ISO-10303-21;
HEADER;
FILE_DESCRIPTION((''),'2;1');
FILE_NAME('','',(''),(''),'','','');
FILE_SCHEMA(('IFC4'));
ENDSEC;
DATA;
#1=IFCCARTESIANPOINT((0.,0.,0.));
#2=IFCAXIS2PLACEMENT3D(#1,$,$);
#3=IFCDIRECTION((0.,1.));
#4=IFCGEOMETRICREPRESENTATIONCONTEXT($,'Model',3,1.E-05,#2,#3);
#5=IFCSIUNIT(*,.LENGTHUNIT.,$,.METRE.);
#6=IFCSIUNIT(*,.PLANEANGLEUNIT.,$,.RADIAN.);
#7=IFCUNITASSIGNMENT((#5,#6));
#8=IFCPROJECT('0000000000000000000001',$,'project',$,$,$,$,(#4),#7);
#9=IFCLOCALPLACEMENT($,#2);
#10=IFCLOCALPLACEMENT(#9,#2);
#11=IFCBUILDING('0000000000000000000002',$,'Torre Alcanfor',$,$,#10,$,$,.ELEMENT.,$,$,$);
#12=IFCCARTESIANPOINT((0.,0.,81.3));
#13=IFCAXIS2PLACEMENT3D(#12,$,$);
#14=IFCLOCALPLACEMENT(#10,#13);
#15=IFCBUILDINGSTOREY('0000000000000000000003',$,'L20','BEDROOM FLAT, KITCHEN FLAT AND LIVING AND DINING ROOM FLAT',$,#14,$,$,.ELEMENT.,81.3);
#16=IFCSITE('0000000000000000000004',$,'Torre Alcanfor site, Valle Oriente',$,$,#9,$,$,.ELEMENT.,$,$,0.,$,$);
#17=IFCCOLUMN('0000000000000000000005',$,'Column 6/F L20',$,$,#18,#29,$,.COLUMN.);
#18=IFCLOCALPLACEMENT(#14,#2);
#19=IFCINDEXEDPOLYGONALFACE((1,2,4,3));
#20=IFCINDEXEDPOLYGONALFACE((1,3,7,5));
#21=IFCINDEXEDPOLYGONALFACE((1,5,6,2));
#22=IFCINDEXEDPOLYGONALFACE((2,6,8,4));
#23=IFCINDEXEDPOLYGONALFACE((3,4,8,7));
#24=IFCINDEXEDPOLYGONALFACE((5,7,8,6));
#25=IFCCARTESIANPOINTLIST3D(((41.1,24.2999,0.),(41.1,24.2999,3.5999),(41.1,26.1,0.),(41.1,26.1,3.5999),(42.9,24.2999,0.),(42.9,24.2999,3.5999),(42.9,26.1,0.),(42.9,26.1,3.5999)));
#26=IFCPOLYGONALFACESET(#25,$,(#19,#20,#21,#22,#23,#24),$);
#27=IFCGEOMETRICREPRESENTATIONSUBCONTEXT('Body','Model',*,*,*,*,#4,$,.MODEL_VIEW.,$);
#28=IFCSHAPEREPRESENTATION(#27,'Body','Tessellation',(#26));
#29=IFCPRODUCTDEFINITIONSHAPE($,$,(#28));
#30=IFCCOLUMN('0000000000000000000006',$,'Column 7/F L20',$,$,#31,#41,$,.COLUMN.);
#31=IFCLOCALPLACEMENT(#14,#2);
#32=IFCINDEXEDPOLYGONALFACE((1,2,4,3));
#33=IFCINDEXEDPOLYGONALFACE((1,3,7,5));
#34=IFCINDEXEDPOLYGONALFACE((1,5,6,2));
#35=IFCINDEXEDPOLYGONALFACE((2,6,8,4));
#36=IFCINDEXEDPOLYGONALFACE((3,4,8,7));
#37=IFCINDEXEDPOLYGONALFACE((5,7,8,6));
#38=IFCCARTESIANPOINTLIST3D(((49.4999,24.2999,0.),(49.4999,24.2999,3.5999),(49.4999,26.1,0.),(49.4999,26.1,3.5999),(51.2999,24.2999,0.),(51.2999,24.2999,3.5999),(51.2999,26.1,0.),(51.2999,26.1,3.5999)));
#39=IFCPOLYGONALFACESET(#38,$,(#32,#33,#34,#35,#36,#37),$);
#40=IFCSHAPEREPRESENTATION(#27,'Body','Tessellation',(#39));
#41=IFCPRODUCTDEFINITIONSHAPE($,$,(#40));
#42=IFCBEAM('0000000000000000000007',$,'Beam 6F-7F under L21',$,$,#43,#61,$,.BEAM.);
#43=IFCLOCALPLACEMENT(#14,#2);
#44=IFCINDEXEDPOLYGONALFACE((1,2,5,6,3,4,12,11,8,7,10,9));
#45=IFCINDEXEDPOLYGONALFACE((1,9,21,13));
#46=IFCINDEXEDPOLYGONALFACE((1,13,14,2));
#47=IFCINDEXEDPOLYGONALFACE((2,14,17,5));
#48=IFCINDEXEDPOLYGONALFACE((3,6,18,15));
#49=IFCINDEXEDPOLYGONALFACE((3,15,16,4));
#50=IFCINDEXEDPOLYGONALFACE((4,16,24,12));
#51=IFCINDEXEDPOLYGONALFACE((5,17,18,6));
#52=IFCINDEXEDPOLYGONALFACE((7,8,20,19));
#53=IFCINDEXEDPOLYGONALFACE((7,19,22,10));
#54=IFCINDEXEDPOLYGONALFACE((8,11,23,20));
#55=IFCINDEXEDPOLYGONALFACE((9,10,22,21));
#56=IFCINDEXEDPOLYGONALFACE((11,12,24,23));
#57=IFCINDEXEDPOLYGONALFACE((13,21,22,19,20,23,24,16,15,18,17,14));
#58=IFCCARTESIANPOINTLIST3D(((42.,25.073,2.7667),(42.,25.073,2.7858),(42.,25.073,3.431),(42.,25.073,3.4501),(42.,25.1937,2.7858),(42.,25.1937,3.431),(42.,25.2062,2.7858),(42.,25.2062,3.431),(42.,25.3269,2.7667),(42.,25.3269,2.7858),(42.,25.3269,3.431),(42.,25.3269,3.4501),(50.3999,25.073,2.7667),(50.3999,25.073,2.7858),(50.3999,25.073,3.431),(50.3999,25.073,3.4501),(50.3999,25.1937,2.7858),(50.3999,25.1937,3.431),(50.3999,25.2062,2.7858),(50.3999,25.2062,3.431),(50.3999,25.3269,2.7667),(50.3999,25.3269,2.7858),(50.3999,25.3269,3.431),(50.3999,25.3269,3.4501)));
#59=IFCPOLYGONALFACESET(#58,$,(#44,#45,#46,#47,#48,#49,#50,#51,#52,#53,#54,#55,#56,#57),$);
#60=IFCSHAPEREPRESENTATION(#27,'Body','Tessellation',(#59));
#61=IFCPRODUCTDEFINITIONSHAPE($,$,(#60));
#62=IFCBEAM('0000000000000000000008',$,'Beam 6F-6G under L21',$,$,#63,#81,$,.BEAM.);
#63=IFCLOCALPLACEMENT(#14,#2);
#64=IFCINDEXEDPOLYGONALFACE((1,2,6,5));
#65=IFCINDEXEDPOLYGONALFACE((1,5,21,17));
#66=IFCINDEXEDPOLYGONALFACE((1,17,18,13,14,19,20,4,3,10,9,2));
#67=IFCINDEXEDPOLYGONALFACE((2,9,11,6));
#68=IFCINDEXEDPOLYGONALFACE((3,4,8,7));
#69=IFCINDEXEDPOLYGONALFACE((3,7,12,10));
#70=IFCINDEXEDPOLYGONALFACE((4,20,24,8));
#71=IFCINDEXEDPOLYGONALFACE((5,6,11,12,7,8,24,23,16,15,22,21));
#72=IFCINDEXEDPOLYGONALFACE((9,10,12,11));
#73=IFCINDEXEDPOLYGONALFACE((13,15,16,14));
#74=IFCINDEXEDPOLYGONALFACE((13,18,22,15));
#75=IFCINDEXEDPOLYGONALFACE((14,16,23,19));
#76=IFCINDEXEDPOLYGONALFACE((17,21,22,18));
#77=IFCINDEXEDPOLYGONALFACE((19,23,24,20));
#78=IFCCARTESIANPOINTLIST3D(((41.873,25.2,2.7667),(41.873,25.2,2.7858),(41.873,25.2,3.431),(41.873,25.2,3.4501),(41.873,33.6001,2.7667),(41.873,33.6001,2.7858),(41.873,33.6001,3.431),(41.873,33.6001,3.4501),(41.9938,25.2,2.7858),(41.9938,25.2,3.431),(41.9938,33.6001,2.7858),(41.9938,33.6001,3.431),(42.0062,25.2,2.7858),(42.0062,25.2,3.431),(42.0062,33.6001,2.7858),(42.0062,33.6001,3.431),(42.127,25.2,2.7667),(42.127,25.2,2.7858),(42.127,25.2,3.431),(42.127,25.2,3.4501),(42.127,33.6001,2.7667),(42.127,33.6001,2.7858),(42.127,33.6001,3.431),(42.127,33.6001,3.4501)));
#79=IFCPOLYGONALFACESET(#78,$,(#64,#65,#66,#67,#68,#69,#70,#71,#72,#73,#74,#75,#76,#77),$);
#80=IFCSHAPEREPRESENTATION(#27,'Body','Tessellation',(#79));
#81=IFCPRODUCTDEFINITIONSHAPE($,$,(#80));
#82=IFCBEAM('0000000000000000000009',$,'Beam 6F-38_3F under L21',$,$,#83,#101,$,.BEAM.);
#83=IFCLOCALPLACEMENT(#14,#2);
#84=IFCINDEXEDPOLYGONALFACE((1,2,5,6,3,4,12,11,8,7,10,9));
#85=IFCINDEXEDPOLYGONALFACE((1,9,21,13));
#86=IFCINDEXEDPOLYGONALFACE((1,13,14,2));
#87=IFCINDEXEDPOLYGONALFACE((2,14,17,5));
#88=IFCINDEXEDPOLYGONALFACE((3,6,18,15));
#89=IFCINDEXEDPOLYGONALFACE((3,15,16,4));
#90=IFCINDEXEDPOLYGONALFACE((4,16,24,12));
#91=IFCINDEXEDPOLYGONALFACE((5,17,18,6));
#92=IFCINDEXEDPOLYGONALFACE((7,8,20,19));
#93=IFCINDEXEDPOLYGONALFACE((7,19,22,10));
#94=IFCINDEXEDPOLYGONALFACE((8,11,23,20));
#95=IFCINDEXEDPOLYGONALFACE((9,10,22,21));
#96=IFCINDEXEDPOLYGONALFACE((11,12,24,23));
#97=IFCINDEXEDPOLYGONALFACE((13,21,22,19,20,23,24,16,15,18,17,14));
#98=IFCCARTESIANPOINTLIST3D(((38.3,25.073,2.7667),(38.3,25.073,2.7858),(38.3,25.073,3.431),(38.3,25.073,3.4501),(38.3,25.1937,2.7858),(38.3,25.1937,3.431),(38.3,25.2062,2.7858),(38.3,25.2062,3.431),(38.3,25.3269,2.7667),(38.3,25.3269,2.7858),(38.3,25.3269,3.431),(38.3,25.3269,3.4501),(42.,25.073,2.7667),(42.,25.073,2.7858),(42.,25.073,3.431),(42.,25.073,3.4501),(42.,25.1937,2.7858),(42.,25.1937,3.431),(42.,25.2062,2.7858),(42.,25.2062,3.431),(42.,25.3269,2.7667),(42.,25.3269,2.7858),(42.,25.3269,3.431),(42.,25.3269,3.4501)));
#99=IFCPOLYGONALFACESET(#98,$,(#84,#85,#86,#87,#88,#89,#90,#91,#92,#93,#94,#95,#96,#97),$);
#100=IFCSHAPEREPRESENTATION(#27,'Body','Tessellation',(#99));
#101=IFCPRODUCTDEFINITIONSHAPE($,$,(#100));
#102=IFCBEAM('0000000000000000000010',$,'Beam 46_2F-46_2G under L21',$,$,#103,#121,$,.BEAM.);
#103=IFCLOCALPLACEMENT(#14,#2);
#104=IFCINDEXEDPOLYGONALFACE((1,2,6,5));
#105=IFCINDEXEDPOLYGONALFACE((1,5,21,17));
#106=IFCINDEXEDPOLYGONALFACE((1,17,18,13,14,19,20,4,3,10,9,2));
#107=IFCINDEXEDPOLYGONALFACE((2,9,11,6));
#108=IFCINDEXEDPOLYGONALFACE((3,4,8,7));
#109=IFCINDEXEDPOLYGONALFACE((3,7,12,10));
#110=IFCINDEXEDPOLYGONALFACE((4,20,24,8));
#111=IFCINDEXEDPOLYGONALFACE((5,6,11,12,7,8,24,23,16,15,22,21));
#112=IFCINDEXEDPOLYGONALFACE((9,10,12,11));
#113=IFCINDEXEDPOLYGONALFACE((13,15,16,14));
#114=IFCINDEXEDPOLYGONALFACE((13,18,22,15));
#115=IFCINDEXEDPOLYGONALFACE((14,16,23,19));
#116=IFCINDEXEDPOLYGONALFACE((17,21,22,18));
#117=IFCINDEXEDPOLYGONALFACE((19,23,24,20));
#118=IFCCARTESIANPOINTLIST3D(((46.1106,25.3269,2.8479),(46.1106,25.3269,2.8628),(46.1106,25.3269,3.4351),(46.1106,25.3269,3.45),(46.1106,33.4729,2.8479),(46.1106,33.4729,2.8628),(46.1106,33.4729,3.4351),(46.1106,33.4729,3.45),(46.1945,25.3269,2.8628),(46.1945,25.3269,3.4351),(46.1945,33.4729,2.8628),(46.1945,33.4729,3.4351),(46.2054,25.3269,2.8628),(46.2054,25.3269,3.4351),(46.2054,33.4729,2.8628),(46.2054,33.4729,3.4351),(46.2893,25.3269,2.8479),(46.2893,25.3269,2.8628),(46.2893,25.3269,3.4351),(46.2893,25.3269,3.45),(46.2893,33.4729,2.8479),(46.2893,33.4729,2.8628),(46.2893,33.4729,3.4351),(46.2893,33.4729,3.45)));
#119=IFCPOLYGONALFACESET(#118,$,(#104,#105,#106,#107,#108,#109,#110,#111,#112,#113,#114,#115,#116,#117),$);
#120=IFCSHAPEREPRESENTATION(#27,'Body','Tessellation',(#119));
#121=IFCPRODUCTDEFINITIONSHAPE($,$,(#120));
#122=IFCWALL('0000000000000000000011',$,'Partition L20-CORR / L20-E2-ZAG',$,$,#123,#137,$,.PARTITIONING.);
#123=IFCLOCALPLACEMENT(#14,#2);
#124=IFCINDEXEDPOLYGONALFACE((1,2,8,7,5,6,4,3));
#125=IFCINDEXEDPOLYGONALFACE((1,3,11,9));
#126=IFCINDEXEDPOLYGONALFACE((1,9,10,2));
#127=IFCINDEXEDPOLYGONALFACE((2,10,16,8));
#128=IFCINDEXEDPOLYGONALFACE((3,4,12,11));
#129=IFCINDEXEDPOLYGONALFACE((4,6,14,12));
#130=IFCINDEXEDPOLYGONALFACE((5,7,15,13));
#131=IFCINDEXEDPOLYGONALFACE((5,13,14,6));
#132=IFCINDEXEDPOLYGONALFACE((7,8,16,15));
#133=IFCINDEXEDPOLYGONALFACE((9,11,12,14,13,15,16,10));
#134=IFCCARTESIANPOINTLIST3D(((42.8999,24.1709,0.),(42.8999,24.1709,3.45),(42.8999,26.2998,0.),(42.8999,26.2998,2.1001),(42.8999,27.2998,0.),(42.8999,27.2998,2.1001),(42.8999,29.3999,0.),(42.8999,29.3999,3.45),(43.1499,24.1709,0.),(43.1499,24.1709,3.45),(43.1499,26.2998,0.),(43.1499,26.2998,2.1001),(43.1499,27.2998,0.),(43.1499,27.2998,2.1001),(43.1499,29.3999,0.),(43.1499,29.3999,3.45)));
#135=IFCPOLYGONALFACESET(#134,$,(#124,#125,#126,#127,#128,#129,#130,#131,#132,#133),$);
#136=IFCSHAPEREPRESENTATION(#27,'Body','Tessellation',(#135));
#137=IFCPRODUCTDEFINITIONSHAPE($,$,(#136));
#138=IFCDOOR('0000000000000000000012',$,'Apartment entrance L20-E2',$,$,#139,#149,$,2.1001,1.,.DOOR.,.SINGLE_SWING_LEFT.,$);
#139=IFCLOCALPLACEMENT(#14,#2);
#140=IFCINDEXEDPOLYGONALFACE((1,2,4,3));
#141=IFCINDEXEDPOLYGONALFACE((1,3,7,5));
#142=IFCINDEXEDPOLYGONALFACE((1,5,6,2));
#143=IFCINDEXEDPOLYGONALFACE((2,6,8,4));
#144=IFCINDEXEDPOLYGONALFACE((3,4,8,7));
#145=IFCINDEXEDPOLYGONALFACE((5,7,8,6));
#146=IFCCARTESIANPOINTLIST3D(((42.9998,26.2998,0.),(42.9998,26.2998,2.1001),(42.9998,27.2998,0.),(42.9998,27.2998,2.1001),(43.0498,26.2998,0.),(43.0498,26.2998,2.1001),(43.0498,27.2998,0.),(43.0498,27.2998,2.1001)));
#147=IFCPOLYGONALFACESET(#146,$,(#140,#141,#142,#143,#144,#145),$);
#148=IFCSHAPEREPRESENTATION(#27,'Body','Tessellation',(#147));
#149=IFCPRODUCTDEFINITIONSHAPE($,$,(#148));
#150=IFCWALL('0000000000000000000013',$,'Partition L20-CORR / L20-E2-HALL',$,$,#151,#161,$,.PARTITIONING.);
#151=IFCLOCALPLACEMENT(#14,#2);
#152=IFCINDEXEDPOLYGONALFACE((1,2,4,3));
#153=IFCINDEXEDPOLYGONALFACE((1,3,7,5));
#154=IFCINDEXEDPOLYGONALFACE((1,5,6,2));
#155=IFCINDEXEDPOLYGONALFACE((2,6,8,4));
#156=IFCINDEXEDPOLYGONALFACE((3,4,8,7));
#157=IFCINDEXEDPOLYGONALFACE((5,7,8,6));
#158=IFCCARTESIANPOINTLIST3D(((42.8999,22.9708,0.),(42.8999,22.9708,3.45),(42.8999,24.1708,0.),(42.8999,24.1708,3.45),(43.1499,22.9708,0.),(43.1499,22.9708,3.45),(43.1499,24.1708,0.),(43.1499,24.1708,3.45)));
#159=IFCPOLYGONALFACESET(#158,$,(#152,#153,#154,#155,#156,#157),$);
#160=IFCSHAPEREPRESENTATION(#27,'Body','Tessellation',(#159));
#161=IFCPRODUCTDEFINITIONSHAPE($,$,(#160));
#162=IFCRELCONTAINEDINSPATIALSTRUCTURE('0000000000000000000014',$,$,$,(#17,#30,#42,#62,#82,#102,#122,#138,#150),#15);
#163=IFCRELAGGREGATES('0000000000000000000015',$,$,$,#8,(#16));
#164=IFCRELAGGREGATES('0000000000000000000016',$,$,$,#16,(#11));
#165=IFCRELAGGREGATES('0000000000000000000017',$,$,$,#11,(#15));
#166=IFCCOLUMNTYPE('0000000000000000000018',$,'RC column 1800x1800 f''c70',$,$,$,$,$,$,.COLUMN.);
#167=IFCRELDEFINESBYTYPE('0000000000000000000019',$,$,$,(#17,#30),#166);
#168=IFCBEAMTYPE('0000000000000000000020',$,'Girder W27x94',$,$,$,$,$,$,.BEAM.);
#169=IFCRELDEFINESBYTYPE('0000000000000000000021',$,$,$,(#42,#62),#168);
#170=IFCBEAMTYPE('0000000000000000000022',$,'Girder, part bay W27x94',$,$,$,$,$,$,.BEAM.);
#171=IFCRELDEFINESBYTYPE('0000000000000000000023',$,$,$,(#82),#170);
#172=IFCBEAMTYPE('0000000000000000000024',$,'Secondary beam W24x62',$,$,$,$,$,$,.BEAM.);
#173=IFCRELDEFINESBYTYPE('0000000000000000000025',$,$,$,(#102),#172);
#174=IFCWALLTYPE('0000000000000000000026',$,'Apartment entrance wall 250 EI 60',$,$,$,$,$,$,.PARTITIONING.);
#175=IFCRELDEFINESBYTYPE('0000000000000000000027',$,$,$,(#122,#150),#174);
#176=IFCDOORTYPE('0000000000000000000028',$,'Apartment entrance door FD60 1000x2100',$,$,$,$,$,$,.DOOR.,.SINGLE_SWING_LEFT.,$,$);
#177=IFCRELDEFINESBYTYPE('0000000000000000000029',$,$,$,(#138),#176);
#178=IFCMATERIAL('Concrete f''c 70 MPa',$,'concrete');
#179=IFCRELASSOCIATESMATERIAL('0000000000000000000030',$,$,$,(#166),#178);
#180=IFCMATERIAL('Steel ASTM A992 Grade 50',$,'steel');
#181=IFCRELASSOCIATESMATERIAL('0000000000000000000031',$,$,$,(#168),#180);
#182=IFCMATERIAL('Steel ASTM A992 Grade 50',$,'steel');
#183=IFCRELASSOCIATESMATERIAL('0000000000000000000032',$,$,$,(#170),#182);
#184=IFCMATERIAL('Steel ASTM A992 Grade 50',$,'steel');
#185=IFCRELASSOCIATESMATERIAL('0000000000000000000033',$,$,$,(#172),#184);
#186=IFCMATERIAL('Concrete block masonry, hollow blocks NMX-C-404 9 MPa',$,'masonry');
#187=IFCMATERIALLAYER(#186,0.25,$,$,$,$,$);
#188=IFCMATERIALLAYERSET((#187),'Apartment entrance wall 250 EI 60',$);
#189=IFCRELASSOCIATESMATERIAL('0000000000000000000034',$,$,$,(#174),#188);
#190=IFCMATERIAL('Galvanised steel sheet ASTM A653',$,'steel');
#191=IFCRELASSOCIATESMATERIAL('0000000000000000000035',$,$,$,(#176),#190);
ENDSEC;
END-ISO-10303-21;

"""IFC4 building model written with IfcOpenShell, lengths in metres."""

from ifc_helpers import new_model, si_unit, direction, frame, frame_2d, origin, origin_2d, place, context, subcontext, project, spatial, rectangle, i_section, extrude, material, layer, layer_set, material_profile, profile_set, type_object, element, fill, save


model = new_model("IFC4")

# Units and contexts
model_context = context("Model", 3, precision=1e-05, world=origin(), true_north=direction((0.0, 1.0)))
body_context = subcontext(model_context, "Body", "Model", "MODEL_VIEW")
ifc_project = project(units=[si_unit("LENGTHUNIT", "METRE"), si_unit("PLANEANGLEUNIT", "RADIAN")], contexts=[model_context])

# Site, building, storey
site_placement = place(None, origin())
site = spatial("IfcSite", under=ifc_project, at=site_placement, Name="Torre Alcanfor site, Valle Oriente", CompositionType="ELEMENT", RefElevation=0.0)
building_placement = place(site_placement, origin())
building = spatial("IfcBuilding", under=site, at=building_placement, Name="Torre Alcanfor", CompositionType="ELEMENT")
storey_placement = place(building_placement, frame((0.0, 0.0, 81.3)))
storey = spatial("IfcBuildingStorey", under=building, at=storey_placement, Name="L20", Description="BEDROOM FLAT, KITCHEN FLAT AND LIVING AND DINING ROOM FLAT", CompositionType="ELEMENT", Elevation=81.3)

# Columns
ifc_material_1 = material(Name="Concrete f'c 70 MPa", Category="concrete")
ifc_material_profile_1 = material_profile(ifc_material_1, rectangle(XDim=1.8, YDim=1.8, at=origin_2d()), Name="1800x1800")
ifc_profile_set_1 = profile_set([ifc_material_profile_1], Name="Concrete f'c 70 MPa")
column_type = type_object("IfcColumnType", Name="RC column 1800x1800 f'c70", PredefinedType="COLUMN", material=ifc_profile_set_1)
for number, where, z_axis, x_axis, name in (
    (1, (42.0, 25.2, 0.0), (0.0, 0.0, 1.0), (1.0, 0.0, 0.0), "Column 6/F L20"),
    (2, (50.3999, 25.2, 0.0), (0.0, 0.0, 1.0), (1.0, 0.0, 0.0), "Column 7/F L20"),
):
    element("IfcColumn", number, at=place(storey_placement, frame(where, z_axis=z_axis, x_axis=x_axis)), inside=storey, type_object=column_type, Name=name, PredefinedType="COLUMN", context=body_context, shape_type="SweptSolid", body=[
        extrude(rectangle(XDim=1.8, YDim=1.8, at=origin_2d()), origin(), (0.0, 0.0, 1.0), 3.5999),
    ])

# Beams
ifc_material_2 = material(Name="Steel ASTM A992 Grade 50", Category="steel")
ifc_material_profile_2 = material_profile(ifc_material_2, i_section(OverallWidth=0.2539, OverallDepth=0.6833, WebThickness=0.0125, FlangeThickness=0.019, at=origin_2d()), Name="W27x94")
ifc_profile_set_2 = profile_set([ifc_material_profile_2], Name="Steel ASTM A992 Grade 50")
beam_type_1 = type_object("IfcBeamType", Name="Girder W27x94", PredefinedType="BEAM", material=ifc_profile_set_2)
beam_1_placement = place(storey_placement, frame((42.0, 25.2, 3.1084), z_axis=(1.0, 0.0, 0.0), x_axis=(0.0, 1.0, 0.0)))
element("IfcBeam", 3, at=beam_1_placement, inside=storey, type_object=beam_type_1, Name="Beam 6F-7F under L21", PredefinedType="BEAM", context=body_context, shape_type="SweptSolid", body=[
    extrude(i_section(OverallWidth=0.2539, OverallDepth=0.6833, WebThickness=0.0125, FlangeThickness=0.019, at=origin_2d()), origin(), (0.0, 0.0, 1.0), 8.3999),
])
beam_2_placement = place(storey_placement, frame((42.0, 25.2, 3.1084), z_axis=(0.0, 1.0, 0.0), x_axis=(-1.0, 0.0, 0.0)))
element("IfcBeam", 4, at=beam_2_placement, inside=storey, type_object=beam_type_1, Name="Beam 6F-6G under L21", PredefinedType="BEAM", context=body_context, shape_type="SweptSolid", body=[
    extrude(i_section(OverallWidth=0.2539, OverallDepth=0.6833, WebThickness=0.0125, FlangeThickness=0.019, at=origin_2d()), origin(), (0.0, 0.0, 1.0), 8.4001),
])
ifc_material_3 = material(Name="Steel ASTM A992 Grade 50", Category="steel")
ifc_material_profile_3 = material_profile(ifc_material_3, i_section(OverallWidth=0.2539, OverallDepth=0.6833, WebThickness=0.0125, FlangeThickness=0.019, at=origin_2d()), Name="W27x94")
ifc_profile_set_3 = profile_set([ifc_material_profile_3], Name="Steel ASTM A992 Grade 50")
beam_type_2 = type_object("IfcBeamType", Name="Girder, part bay W27x94", PredefinedType="BEAM", material=ifc_profile_set_3)
beam_3_placement = place(storey_placement, frame((42.0, 25.2, 3.1084), z_axis=(-1.0, 0.0, 0.0), x_axis=(0.0, -1.0, 0.0)))
element("IfcBeam", 5, at=beam_3_placement, inside=storey, type_object=beam_type_2, Name="Beam 6F-38_3F under L21", PredefinedType="BEAM", context=body_context, shape_type="SweptSolid", body=[
    extrude(i_section(OverallWidth=0.2539, OverallDepth=0.6833, WebThickness=0.0125, FlangeThickness=0.019, at=origin_2d()), origin(), (0.0, 0.0, 1.0), 3.7),
])
ifc_material_4 = material(Name="Steel ASTM A992 Grade 50", Category="steel")
ifc_material_profile_4 = material_profile(ifc_material_4, i_section(OverallWidth=0.1787, OverallDepth=0.6021, WebThickness=0.011, FlangeThickness=0.0149, at=origin_2d()), Name="W24x62")
ifc_profile_set_4 = profile_set([ifc_material_profile_4], Name="Steel ASTM A992 Grade 50")
beam_type_3 = type_object("IfcBeamType", Name="Secondary beam W24x62", PredefinedType="BEAM", material=ifc_profile_set_4)
beam_4_placement = place(storey_placement, frame((46.2, 25.3269, 3.1489), z_axis=(0.0, 1.0, 0.0), x_axis=(-1.0, 0.0, 0.0)))
element("IfcBeam", 6, at=beam_4_placement, inside=storey, type_object=beam_type_3, Name="Beam 46_2F-46_2G under L21", PredefinedType="BEAM", context=body_context, shape_type="SweptSolid", body=[
    extrude(i_section(OverallWidth=0.1787, OverallDepth=0.6021, WebThickness=0.011, FlangeThickness=0.0149, at=origin_2d()), origin(), (0.0, 0.0, 1.0), 8.146),
])

# Wall, opening, door
ifc_material_5 = material(Name="Concrete block masonry, hollow blocks NMX-C-404 9 MPa", Category="masonry")
ifc_layer_1 = layer(ifc_material_5, 0.25)
ifc_layer_set_1 = layer_set([ifc_layer_1], Name="Apartment entrance wall 250 EI 60")
wall_type_1 = type_object("IfcWallType", Name="Apartment entrance wall 250 EI 60", PredefinedType="PARTITIONING", material=ifc_layer_set_1)
wall_1_placement = place(storey_placement, frame((43.0249, 29.3999, 0.0), z_axis=(0.0, 0.0, 1.0), x_axis=(0.0, -1.0, 0.0)))
wall_1 = element("IfcWall", 7, at=wall_1_placement, inside=storey, type_object=wall_type_1, Name="Partition L20-CORR / L20-E2-ZAG", PredefinedType="PARTITIONING", context=body_context, shape_type="SweptSolid", body=[
    extrude(rectangle(XDim=5.229, YDim=0.25, at=frame_2d((2.6145, 0.0))), origin(), (0.0, 0.0, 1.0), 3.45),
])
opening_1_placement = place(wall_1_placement, frame((2.1001, 0.0, 0.0)))
opening_1 = element("IfcOpeningElement", 8, at=opening_1_placement, cuts=wall_1, PredefinedType="OPENING", context=body_context, shape_type="SweptSolid", body=[
    extrude(rectangle(XDim=1.0, YDim=2.1001, at=frame_2d((0.5, 1.05))), frame((0.0, 0.135, 0.0), z_axis=(0.0, -1.0, 0.0), x_axis=(1.0, 0.0, 0.0)), (0.0, 0.0, 1.0), 0.27),
])
ifc_material_6 = material(Name="Galvanised steel sheet ASTM A653", Category="steel")
door_type_1 = type_object("IfcDoorType", Name="Apartment entrance door FD60 1000x2100", OperationType="SINGLE_SWING_LEFT", PredefinedType="DOOR", material=ifc_material_6)
door_1_placement = place(opening_1_placement, origin())
door_1 = element("IfcDoor", 9, at=door_1_placement, inside=storey, type_object=door_type_1, Name="Apartment entrance L20-E2", OperationType="SINGLE_SWING_LEFT", OverallHeight=2.1001, OverallWidth=1.0, PredefinedType="DOOR", context=body_context, shape_type="SweptSolid", body=[
    extrude(rectangle(XDim=1.0, YDim=2.1001, at=frame_2d((0.5, 1.05))), frame((0.0, 0.0249, 0.0), z_axis=(0.0, -1.0, 0.0), x_axis=(1.0, 0.0, 0.0)), (0.0, 0.0, 1.0), 0.05),
])
fill(opening_1, door_1)

# Wall
wall_2_placement = place(storey_placement, frame((43.0249, 24.1709, 0.0), z_axis=(0.0, 0.0, 1.0), x_axis=(0.0, -1.0, 0.0)))
element("IfcWall", 10, at=wall_2_placement, inside=storey, type_object=wall_type_1, Name="Partition L20-CORR / L20-E2-HALL", PredefinedType="PARTITIONING", context=body_context, shape_type="SweptSolid", body=[
    extrude(rectangle(XDim=1.2, YDim=0.25, at=frame_2d((0.6001, 0.0))), origin(), (0.0, 0.0, 1.0), 3.45),
])

save(model, "model.ifc")
